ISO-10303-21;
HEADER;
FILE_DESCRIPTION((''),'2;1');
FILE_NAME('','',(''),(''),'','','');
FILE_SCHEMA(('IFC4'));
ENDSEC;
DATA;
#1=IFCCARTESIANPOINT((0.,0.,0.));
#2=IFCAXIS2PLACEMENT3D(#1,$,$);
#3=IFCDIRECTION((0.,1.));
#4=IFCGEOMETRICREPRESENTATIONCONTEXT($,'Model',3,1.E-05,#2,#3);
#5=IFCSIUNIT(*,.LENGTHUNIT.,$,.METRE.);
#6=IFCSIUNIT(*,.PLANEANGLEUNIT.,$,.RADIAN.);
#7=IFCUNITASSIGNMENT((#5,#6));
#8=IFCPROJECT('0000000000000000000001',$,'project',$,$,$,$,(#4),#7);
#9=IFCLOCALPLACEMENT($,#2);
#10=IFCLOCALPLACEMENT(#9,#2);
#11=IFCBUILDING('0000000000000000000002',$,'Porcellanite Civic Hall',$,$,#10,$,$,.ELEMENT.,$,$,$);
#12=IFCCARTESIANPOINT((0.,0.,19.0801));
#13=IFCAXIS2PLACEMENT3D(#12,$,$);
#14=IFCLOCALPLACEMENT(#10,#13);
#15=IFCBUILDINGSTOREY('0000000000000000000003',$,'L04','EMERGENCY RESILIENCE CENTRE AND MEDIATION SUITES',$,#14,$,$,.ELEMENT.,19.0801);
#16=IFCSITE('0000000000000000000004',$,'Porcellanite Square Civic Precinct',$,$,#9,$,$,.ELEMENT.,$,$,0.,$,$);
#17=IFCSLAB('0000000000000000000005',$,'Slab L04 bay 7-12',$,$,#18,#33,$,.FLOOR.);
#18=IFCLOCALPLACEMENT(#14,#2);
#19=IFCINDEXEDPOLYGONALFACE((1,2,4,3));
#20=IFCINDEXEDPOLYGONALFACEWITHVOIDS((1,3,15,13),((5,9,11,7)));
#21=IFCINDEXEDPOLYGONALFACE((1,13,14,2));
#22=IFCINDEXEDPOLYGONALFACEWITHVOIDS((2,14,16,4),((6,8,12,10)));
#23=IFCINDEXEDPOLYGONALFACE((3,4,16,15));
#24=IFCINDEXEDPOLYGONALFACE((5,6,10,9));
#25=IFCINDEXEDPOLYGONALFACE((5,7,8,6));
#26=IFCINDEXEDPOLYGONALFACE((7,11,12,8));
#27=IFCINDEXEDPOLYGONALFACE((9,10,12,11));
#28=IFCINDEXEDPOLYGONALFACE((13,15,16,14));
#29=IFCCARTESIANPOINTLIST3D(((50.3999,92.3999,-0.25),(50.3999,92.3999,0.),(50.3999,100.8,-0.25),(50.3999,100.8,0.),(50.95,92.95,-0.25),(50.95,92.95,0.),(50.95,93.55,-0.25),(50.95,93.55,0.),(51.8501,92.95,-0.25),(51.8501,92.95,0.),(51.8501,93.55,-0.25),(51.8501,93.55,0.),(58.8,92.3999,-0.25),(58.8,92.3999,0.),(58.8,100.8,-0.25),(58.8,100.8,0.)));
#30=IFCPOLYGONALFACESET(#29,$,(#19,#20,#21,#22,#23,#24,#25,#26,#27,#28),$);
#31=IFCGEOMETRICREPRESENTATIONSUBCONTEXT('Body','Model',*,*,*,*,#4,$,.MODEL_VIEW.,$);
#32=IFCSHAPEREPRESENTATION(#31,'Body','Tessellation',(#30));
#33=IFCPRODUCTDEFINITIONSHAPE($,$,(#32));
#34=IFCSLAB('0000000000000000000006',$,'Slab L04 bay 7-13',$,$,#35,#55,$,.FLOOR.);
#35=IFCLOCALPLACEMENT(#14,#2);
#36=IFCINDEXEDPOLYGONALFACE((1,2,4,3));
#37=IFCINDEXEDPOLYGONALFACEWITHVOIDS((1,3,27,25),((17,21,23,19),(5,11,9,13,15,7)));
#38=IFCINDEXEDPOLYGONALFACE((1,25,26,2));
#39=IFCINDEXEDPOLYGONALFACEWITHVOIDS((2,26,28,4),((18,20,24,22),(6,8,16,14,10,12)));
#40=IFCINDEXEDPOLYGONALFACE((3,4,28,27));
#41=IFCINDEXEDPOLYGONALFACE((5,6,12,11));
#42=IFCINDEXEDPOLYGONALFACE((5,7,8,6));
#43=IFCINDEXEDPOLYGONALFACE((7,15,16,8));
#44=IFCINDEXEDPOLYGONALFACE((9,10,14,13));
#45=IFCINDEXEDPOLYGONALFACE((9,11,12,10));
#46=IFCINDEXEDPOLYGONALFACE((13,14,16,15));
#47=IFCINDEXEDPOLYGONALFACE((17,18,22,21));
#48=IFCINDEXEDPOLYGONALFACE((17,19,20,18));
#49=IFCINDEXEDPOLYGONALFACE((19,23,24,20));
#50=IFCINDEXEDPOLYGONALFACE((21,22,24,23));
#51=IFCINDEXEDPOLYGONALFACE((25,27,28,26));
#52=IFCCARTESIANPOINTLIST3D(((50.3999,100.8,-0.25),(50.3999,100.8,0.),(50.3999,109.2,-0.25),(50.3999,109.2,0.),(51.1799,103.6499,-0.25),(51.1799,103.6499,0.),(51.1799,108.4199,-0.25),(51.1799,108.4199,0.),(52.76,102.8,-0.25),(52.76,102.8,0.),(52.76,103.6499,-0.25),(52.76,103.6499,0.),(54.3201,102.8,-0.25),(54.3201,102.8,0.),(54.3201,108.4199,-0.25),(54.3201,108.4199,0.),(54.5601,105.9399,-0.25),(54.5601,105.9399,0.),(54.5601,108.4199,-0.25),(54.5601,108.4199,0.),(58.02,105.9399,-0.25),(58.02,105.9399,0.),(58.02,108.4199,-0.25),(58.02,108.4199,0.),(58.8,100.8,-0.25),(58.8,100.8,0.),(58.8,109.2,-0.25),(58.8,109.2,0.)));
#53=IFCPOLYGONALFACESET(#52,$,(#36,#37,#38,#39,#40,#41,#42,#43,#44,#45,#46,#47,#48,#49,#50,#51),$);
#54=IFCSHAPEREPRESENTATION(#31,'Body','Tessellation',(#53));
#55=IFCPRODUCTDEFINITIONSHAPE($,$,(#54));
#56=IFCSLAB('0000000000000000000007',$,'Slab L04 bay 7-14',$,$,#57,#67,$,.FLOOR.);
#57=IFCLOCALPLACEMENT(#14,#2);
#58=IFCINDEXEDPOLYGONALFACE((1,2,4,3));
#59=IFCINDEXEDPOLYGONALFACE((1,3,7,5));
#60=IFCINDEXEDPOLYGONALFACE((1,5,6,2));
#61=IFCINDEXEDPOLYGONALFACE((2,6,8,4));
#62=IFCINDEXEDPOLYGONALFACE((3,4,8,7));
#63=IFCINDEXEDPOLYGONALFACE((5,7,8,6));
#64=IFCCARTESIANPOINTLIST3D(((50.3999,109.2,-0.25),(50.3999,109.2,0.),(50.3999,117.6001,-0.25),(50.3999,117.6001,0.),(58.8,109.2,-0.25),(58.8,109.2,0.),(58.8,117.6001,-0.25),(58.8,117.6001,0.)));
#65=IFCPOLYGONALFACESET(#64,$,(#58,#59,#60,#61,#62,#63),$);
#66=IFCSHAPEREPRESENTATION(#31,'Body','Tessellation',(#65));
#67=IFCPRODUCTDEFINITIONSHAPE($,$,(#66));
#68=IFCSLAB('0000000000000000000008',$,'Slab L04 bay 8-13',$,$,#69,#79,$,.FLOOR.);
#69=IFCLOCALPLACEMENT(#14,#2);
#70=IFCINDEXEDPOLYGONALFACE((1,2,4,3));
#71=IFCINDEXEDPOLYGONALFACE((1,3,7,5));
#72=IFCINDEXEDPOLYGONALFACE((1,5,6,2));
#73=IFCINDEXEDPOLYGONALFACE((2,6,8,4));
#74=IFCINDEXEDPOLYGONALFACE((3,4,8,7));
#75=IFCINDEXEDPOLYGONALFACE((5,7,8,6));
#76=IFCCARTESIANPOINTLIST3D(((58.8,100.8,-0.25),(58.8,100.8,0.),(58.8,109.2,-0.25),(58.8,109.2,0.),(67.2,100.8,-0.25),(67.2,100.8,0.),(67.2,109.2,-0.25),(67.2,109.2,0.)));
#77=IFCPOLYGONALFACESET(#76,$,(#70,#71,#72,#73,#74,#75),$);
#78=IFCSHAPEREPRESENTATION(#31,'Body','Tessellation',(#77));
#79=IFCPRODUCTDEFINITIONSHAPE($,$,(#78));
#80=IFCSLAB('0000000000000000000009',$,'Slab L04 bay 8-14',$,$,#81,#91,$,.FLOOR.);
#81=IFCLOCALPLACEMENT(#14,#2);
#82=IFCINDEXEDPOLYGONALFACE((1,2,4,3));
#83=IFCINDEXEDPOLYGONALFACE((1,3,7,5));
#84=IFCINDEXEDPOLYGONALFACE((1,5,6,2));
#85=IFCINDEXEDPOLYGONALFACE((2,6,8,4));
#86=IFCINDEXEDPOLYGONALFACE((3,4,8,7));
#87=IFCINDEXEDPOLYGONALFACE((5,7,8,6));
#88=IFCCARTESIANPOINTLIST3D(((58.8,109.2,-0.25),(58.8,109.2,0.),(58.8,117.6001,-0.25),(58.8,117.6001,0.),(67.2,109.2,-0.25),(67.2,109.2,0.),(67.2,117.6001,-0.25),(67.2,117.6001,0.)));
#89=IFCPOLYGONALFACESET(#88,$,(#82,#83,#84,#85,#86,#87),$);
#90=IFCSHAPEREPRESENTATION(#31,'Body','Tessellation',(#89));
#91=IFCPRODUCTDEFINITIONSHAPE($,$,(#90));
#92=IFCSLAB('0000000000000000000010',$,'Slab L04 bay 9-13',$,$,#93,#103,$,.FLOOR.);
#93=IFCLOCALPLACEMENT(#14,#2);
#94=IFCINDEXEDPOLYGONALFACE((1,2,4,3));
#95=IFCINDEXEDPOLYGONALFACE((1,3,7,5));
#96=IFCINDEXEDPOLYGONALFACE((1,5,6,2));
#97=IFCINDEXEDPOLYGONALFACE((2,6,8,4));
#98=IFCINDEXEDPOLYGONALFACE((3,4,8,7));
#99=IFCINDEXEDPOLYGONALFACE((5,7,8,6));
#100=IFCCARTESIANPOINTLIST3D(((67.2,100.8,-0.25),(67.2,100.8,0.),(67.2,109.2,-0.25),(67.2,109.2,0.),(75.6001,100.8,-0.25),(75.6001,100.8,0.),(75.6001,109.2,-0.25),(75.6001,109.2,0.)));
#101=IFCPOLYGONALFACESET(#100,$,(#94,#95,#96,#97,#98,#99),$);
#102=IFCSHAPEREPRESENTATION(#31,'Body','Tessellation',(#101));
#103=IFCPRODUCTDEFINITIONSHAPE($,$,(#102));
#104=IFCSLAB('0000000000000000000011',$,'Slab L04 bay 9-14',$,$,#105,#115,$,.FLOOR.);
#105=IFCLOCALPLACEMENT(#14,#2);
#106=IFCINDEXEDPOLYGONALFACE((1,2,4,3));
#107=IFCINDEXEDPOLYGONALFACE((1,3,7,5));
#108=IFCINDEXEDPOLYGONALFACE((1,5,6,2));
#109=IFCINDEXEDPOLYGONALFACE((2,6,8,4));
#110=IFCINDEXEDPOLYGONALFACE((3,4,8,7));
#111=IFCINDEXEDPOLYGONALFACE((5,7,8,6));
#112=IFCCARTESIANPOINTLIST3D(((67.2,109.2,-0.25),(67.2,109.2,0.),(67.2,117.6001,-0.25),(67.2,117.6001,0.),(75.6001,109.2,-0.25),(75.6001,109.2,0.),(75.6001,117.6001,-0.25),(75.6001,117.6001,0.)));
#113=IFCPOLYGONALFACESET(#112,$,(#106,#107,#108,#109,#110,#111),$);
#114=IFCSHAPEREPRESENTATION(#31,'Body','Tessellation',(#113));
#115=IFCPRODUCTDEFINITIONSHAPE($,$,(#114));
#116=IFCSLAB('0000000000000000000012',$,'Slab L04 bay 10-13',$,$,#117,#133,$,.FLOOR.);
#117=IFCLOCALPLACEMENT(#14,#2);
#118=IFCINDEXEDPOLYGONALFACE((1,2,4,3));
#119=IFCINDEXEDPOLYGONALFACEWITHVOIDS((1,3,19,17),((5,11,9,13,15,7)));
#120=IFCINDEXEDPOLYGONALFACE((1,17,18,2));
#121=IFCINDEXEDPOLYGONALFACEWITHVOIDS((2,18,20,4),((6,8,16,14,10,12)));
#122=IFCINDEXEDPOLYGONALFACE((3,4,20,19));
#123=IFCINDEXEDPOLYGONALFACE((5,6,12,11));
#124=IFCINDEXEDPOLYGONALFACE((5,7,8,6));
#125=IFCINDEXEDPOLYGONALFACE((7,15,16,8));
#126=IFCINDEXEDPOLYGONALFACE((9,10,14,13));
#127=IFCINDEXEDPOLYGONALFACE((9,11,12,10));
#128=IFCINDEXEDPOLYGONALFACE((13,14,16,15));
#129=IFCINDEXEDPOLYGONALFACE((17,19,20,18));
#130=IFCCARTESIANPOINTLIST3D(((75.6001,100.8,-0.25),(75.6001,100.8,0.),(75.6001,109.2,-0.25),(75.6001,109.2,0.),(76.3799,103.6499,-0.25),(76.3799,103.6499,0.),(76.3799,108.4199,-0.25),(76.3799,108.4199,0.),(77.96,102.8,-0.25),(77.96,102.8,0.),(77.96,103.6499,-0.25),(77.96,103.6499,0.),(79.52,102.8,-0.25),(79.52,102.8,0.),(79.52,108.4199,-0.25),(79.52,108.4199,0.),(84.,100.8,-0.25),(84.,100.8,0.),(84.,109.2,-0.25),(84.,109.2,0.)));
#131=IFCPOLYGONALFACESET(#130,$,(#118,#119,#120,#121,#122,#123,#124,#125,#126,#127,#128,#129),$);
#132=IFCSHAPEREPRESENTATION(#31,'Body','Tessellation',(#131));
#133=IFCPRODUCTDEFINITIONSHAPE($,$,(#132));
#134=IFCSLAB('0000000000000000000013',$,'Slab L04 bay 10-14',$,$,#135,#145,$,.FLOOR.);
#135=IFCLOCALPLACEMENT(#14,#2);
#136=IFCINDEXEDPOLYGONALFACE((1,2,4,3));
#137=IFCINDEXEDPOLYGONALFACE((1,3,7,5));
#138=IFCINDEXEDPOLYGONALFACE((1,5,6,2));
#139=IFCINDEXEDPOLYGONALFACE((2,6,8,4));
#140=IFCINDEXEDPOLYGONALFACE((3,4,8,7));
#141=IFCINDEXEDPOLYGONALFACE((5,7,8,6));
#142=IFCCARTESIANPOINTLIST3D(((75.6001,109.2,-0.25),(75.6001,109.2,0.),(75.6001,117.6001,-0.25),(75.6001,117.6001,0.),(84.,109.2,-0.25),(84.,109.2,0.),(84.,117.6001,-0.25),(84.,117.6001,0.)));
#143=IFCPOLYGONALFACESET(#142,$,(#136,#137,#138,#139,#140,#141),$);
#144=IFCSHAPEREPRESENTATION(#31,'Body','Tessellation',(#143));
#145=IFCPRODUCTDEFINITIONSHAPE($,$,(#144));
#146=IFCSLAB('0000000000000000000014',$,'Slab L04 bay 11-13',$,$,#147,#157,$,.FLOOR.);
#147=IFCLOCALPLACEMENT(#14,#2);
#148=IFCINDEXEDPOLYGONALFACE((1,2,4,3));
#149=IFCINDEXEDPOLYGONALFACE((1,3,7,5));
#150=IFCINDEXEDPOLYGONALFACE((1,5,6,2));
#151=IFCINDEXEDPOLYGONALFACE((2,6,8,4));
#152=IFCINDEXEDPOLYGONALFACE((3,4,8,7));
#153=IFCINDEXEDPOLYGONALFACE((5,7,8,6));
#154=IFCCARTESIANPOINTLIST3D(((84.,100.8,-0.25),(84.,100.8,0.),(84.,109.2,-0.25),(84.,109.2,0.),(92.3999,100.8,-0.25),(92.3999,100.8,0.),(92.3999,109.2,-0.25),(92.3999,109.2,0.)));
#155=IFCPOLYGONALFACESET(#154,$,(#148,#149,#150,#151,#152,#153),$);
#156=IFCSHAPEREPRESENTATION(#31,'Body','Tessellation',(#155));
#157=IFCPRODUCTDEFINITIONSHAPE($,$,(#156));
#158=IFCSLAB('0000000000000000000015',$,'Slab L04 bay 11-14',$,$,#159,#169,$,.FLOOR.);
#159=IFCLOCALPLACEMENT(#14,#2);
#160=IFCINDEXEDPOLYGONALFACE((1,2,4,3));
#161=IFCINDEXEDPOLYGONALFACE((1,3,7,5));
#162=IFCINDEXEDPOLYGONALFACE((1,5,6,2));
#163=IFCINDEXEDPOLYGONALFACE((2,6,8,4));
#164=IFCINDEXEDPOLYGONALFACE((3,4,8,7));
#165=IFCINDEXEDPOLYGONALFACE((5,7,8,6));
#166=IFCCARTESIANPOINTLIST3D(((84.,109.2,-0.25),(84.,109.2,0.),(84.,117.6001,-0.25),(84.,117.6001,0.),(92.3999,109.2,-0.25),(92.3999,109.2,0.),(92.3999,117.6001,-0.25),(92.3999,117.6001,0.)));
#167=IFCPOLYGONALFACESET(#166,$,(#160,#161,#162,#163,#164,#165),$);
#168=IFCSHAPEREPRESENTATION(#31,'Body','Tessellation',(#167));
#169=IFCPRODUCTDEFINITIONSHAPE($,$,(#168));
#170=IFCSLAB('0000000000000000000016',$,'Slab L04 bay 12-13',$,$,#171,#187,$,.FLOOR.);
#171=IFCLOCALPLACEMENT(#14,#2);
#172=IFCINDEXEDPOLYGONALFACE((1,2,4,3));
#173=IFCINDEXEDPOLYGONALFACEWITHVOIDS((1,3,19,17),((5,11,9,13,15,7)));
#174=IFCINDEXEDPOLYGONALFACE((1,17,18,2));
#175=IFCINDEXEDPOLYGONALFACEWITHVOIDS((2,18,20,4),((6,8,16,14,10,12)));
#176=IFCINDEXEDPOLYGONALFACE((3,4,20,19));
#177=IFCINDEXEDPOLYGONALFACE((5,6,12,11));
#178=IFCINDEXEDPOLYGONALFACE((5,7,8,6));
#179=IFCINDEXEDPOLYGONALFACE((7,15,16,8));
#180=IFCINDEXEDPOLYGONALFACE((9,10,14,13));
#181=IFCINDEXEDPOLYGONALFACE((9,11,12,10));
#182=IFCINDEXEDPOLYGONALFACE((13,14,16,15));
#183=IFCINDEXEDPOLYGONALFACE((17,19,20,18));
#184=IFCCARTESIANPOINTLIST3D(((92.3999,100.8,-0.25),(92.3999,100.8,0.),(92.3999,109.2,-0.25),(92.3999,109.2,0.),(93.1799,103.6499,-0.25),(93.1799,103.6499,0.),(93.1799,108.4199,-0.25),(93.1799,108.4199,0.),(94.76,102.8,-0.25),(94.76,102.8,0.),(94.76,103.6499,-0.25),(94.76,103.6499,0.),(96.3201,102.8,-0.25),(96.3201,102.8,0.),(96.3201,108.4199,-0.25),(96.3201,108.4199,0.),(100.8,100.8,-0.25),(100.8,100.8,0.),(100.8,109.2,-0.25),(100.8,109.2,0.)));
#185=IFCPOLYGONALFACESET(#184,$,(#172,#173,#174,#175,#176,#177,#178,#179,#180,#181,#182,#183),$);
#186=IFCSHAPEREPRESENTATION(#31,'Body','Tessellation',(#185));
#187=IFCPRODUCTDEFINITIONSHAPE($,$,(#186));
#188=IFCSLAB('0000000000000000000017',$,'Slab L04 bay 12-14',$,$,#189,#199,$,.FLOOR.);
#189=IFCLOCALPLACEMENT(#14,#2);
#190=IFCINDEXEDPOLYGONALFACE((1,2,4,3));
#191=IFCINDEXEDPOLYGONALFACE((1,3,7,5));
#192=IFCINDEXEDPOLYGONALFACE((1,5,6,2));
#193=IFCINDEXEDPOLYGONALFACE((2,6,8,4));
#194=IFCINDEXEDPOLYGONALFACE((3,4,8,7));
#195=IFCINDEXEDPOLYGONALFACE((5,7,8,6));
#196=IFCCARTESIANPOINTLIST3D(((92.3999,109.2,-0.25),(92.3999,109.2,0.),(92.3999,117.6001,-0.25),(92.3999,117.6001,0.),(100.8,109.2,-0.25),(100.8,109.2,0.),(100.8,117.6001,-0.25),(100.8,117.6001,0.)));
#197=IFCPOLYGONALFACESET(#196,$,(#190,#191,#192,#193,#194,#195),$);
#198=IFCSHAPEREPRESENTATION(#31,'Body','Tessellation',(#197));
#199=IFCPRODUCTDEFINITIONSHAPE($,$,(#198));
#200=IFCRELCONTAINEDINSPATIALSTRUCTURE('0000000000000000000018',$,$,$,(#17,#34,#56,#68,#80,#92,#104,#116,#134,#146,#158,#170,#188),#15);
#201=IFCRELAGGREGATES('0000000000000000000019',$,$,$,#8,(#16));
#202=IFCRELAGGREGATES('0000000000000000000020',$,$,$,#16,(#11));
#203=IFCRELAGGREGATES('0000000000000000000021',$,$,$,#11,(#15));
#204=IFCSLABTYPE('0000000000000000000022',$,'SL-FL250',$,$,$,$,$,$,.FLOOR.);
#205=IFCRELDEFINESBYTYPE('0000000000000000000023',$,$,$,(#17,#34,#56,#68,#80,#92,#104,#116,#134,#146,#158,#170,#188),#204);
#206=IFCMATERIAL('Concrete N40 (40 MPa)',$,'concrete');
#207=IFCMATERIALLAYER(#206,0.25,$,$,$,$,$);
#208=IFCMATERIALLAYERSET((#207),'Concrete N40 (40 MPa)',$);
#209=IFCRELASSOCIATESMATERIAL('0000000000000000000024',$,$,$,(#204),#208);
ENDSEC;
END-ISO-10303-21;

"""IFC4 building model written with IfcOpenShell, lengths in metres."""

from ifc_helpers import new_model, si_unit, direction, frame, origin, place, context, subcontext, project, spatial, polyline, outline, extrude, material, layer, layer_set, type_object, element, save


model = new_model("IFC4")

# Units and contexts
model_context = context("Model", 3, precision=1e-05, world=origin(), true_north=direction((0.0, 1.0)))
body_context = subcontext(model_context, "Body", "Model", "MODEL_VIEW")
ifc_project = project(units=[si_unit("LENGTHUNIT", "METRE"), si_unit("PLANEANGLEUNIT", "RADIAN")], contexts=[model_context])

# Site, building, storey
site_placement = place(None, origin())
site = spatial("IfcSite", under=ifc_project, at=site_placement, Name="Porcellanite Square Civic Precinct", CompositionType="ELEMENT", RefElevation=0.0)
building_placement = place(site_placement, origin())
building = spatial("IfcBuilding", under=site, at=building_placement, Name="Porcellanite Civic Hall", CompositionType="ELEMENT")
storey_placement = place(building_placement, frame((0.0, 0.0, 19.0801)))
storey = spatial("IfcBuildingStorey", under=building, at=storey_placement, Name="L04", Description="EMERGENCY RESILIENCE CENTRE AND MEDIATION SUITES", CompositionType="ELEMENT", Elevation=19.0801)

# Slabs
ifc_material_1 = material(Name="Concrete N40 (40 MPa)", Category="concrete")
ifc_layer_1 = layer(ifc_material_1, 0.25)
ifc_layer_set_1 = layer_set([ifc_layer_1], Name="Concrete N40 (40 MPa)")
slab_type_1 = type_object("IfcSlabType", Name="SL-FL250", PredefinedType="FLOOR", material=ifc_layer_set_1)
slab_1_placement = place(storey_placement, frame((0.0, 0.0, -0.25)))
element("IfcSlab", 1, at=slab_1_placement, inside=storey, type_object=slab_type_1, Name="Slab L04 bay 7-12", PredefinedType="FLOOR", context=body_context, shape_type="SweptSolid", body=[
    extrude(outline(polyline([(50.3999, 92.3999), (58.8, 92.3999), (58.8, 100.8), (50.3999, 100.8), (50.3999, 92.3999)]), holes=[polyline([(50.95, 92.95), (51.8501, 92.95), (51.8501, 93.55), (50.95, 93.55), (50.95, 92.95)])]), origin(), (0.0, 0.0, 1.0), 0.25),
])
slab_2_placement = place(storey_placement, frame((0.0, 0.0, -0.25)))
element("IfcSlab", 2, at=slab_2_placement, inside=storey, type_object=slab_type_1, Name="Slab L04 bay 7-13", PredefinedType="FLOOR", context=body_context, shape_type="SweptSolid", body=[
    extrude(outline(polyline([(50.3999, 100.8), (58.8, 100.8), (58.8, 109.2), (50.3999, 109.2), (50.3999, 100.8)]), holes=[polyline([(51.1799, 103.6499), (52.76, 103.6499), (52.76, 102.8), (54.3201, 102.8), (54.3201, 108.4199), (51.1799, 108.4199), (51.1799, 103.6499)]), polyline([(54.5601, 105.9399), (58.02, 105.9399), (58.02, 108.4199), (54.5601, 108.4199), (54.5601, 105.9399)])]), origin(), (0.0, 0.0, 1.0), 0.25),
])
slab_3_placement = place(storey_placement, frame((0.0, 0.0, -0.25)))
element("IfcSlab", 3, at=slab_3_placement, inside=storey, type_object=slab_type_1, Name="Slab L04 bay 7-14", PredefinedType="FLOOR", context=body_context, shape_type="SweptSolid", body=[
    extrude(outline(polyline([(50.3999, 109.2), (58.8, 109.2), (58.8, 117.6001), (50.3999, 117.6001), (50.3999, 109.2)])), origin(), (0.0, 0.0, 1.0), 0.25),
])
slab_4_placement = place(storey_placement, frame((0.0, 0.0, -0.25)))
element("IfcSlab", 4, at=slab_4_placement, inside=storey, type_object=slab_type_1, Name="Slab L04 bay 8-13", PredefinedType="FLOOR", context=body_context, shape_type="SweptSolid", body=[
    extrude(outline(polyline([(58.8, 100.8), (67.2, 100.8), (67.2, 109.2), (58.8, 109.2), (58.8, 100.8)])), origin(), (0.0, 0.0, 1.0), 0.25),
])
slab_5_placement = place(storey_placement, frame((0.0, 0.0, -0.25)))
element("IfcSlab", 5, at=slab_5_placement, inside=storey, type_object=slab_type_1, Name="Slab L04 bay 8-14", PredefinedType="FLOOR", context=body_context, shape_type="SweptSolid", body=[
    extrude(outline(polyline([(58.8, 109.2), (67.2, 109.2), (67.2, 117.6001), (58.8, 117.6001), (58.8, 109.2)])), origin(), (0.0, 0.0, 1.0), 0.25),
])
slab_6_placement = place(storey_placement, frame((0.0, 0.0, -0.25)))
element("IfcSlab", 6, at=slab_6_placement, inside=storey, type_object=slab_type_1, Name="Slab L04 bay 9-13", PredefinedType="FLOOR", context=body_context, shape_type="SweptSolid", body=[
    extrude(outline(polyline([(67.2, 100.8), (75.6001, 100.8), (75.6001, 109.2), (67.2, 109.2), (67.2, 100.8)])), origin(), (0.0, 0.0, 1.0), 0.25),
])
slab_7_placement = place(storey_placement, frame((0.0, 0.0, -0.25)))
element("IfcSlab", 7, at=slab_7_placement, inside=storey, type_object=slab_type_1, Name="Slab L04 bay 9-14", PredefinedType="FLOOR", context=body_context, shape_type="SweptSolid", body=[
    extrude(outline(polyline([(67.2, 109.2), (75.6001, 109.2), (75.6001, 117.6001), (67.2, 117.6001), (67.2, 109.2)])), origin(), (0.0, 0.0, 1.0), 0.25),
])
slab_8_placement = place(storey_placement, frame((0.0, 0.0, -0.25)))
element("IfcSlab", 8, at=slab_8_placement, inside=storey, type_object=slab_type_1, Name="Slab L04 bay 10-13", PredefinedType="FLOOR", context=body_context, shape_type="SweptSolid", body=[
    extrude(outline(polyline([(75.6001, 100.8), (84.0, 100.8), (84.0, 109.2), (75.6001, 109.2), (75.6001, 100.8)]), holes=[polyline([(76.3799, 103.6499), (77.96, 103.6499), (77.96, 102.8), (79.52, 102.8), (79.52, 108.4199), (76.3799, 108.4199), (76.3799, 103.6499)])]), origin(), (0.0, 0.0, 1.0), 0.25),
])
slab_9_placement = place(storey_placement, frame((0.0, 0.0, -0.25)))
element("IfcSlab", 9, at=slab_9_placement, inside=storey, type_object=slab_type_1, Name="Slab L04 bay 10-14", PredefinedType="FLOOR", context=body_context, shape_type="SweptSolid", body=[
    extrude(outline(polyline([(75.6001, 109.2), (84.0, 109.2), (84.0, 117.6001), (75.6001, 117.6001), (75.6001, 109.2)])), origin(), (0.0, 0.0, 1.0), 0.25),
])
slab_10_placement = place(storey_placement, frame((0.0, 0.0, -0.25)))
element("IfcSlab", 10, at=slab_10_placement, inside=storey, type_object=slab_type_1, Name="Slab L04 bay 11-13", PredefinedType="FLOOR", context=body_context, shape_type="SweptSolid", body=[
    extrude(outline(polyline([(84.0, 100.8), (92.3999, 100.8), (92.3999, 109.2), (84.0, 109.2), (84.0, 100.8)])), origin(), (0.0, 0.0, 1.0), 0.25),
])
slab_11_placement = place(storey_placement, frame((0.0, 0.0, -0.25)))
element("IfcSlab", 11, at=slab_11_placement, inside=storey, type_object=slab_type_1, Name="Slab L04 bay 11-14", PredefinedType="FLOOR", context=body_context, shape_type="SweptSolid", body=[
    extrude(outline(polyline([(84.0, 109.2), (92.3999, 109.2), (92.3999, 117.6001), (84.0, 117.6001), (84.0, 109.2)])), origin(), (0.0, 0.0, 1.0), 0.25),
])
slab_12_placement = place(storey_placement, frame((0.0, 0.0, -0.25)))
element("IfcSlab", 12, at=slab_12_placement, inside=storey, type_object=slab_type_1, Name="Slab L04 bay 12-13", PredefinedType="FLOOR", context=body_context, shape_type="SweptSolid", body=[
    extrude(outline(polyline([(92.3999, 100.8), (100.8, 100.8), (100.8, 109.2), (92.3999, 109.2), (92.3999, 100.8)]), holes=[polyline([(93.1799, 103.6499), (94.76, 103.6499), (94.76, 102.8), (96.3201, 102.8), (96.3201, 108.4199), (93.1799, 108.4199), (93.1799, 103.6499)])]), origin(), (0.0, 0.0, 1.0), 0.25),
])
slab_13_placement = place(storey_placement, frame((0.0, 0.0, -0.25)))
element("IfcSlab", 13, at=slab_13_placement, inside=storey, type_object=slab_type_1, Name="Slab L04 bay 12-14", PredefinedType="FLOOR", context=body_context, shape_type="SweptSolid", body=[
    extrude(outline(polyline([(92.3999, 109.2), (100.8, 109.2), (100.8, 117.6001), (92.3999, 117.6001), (92.3999, 109.2)])), origin(), (0.0, 0.0, 1.0), 0.25),
])

save(model, "model.ifc")
